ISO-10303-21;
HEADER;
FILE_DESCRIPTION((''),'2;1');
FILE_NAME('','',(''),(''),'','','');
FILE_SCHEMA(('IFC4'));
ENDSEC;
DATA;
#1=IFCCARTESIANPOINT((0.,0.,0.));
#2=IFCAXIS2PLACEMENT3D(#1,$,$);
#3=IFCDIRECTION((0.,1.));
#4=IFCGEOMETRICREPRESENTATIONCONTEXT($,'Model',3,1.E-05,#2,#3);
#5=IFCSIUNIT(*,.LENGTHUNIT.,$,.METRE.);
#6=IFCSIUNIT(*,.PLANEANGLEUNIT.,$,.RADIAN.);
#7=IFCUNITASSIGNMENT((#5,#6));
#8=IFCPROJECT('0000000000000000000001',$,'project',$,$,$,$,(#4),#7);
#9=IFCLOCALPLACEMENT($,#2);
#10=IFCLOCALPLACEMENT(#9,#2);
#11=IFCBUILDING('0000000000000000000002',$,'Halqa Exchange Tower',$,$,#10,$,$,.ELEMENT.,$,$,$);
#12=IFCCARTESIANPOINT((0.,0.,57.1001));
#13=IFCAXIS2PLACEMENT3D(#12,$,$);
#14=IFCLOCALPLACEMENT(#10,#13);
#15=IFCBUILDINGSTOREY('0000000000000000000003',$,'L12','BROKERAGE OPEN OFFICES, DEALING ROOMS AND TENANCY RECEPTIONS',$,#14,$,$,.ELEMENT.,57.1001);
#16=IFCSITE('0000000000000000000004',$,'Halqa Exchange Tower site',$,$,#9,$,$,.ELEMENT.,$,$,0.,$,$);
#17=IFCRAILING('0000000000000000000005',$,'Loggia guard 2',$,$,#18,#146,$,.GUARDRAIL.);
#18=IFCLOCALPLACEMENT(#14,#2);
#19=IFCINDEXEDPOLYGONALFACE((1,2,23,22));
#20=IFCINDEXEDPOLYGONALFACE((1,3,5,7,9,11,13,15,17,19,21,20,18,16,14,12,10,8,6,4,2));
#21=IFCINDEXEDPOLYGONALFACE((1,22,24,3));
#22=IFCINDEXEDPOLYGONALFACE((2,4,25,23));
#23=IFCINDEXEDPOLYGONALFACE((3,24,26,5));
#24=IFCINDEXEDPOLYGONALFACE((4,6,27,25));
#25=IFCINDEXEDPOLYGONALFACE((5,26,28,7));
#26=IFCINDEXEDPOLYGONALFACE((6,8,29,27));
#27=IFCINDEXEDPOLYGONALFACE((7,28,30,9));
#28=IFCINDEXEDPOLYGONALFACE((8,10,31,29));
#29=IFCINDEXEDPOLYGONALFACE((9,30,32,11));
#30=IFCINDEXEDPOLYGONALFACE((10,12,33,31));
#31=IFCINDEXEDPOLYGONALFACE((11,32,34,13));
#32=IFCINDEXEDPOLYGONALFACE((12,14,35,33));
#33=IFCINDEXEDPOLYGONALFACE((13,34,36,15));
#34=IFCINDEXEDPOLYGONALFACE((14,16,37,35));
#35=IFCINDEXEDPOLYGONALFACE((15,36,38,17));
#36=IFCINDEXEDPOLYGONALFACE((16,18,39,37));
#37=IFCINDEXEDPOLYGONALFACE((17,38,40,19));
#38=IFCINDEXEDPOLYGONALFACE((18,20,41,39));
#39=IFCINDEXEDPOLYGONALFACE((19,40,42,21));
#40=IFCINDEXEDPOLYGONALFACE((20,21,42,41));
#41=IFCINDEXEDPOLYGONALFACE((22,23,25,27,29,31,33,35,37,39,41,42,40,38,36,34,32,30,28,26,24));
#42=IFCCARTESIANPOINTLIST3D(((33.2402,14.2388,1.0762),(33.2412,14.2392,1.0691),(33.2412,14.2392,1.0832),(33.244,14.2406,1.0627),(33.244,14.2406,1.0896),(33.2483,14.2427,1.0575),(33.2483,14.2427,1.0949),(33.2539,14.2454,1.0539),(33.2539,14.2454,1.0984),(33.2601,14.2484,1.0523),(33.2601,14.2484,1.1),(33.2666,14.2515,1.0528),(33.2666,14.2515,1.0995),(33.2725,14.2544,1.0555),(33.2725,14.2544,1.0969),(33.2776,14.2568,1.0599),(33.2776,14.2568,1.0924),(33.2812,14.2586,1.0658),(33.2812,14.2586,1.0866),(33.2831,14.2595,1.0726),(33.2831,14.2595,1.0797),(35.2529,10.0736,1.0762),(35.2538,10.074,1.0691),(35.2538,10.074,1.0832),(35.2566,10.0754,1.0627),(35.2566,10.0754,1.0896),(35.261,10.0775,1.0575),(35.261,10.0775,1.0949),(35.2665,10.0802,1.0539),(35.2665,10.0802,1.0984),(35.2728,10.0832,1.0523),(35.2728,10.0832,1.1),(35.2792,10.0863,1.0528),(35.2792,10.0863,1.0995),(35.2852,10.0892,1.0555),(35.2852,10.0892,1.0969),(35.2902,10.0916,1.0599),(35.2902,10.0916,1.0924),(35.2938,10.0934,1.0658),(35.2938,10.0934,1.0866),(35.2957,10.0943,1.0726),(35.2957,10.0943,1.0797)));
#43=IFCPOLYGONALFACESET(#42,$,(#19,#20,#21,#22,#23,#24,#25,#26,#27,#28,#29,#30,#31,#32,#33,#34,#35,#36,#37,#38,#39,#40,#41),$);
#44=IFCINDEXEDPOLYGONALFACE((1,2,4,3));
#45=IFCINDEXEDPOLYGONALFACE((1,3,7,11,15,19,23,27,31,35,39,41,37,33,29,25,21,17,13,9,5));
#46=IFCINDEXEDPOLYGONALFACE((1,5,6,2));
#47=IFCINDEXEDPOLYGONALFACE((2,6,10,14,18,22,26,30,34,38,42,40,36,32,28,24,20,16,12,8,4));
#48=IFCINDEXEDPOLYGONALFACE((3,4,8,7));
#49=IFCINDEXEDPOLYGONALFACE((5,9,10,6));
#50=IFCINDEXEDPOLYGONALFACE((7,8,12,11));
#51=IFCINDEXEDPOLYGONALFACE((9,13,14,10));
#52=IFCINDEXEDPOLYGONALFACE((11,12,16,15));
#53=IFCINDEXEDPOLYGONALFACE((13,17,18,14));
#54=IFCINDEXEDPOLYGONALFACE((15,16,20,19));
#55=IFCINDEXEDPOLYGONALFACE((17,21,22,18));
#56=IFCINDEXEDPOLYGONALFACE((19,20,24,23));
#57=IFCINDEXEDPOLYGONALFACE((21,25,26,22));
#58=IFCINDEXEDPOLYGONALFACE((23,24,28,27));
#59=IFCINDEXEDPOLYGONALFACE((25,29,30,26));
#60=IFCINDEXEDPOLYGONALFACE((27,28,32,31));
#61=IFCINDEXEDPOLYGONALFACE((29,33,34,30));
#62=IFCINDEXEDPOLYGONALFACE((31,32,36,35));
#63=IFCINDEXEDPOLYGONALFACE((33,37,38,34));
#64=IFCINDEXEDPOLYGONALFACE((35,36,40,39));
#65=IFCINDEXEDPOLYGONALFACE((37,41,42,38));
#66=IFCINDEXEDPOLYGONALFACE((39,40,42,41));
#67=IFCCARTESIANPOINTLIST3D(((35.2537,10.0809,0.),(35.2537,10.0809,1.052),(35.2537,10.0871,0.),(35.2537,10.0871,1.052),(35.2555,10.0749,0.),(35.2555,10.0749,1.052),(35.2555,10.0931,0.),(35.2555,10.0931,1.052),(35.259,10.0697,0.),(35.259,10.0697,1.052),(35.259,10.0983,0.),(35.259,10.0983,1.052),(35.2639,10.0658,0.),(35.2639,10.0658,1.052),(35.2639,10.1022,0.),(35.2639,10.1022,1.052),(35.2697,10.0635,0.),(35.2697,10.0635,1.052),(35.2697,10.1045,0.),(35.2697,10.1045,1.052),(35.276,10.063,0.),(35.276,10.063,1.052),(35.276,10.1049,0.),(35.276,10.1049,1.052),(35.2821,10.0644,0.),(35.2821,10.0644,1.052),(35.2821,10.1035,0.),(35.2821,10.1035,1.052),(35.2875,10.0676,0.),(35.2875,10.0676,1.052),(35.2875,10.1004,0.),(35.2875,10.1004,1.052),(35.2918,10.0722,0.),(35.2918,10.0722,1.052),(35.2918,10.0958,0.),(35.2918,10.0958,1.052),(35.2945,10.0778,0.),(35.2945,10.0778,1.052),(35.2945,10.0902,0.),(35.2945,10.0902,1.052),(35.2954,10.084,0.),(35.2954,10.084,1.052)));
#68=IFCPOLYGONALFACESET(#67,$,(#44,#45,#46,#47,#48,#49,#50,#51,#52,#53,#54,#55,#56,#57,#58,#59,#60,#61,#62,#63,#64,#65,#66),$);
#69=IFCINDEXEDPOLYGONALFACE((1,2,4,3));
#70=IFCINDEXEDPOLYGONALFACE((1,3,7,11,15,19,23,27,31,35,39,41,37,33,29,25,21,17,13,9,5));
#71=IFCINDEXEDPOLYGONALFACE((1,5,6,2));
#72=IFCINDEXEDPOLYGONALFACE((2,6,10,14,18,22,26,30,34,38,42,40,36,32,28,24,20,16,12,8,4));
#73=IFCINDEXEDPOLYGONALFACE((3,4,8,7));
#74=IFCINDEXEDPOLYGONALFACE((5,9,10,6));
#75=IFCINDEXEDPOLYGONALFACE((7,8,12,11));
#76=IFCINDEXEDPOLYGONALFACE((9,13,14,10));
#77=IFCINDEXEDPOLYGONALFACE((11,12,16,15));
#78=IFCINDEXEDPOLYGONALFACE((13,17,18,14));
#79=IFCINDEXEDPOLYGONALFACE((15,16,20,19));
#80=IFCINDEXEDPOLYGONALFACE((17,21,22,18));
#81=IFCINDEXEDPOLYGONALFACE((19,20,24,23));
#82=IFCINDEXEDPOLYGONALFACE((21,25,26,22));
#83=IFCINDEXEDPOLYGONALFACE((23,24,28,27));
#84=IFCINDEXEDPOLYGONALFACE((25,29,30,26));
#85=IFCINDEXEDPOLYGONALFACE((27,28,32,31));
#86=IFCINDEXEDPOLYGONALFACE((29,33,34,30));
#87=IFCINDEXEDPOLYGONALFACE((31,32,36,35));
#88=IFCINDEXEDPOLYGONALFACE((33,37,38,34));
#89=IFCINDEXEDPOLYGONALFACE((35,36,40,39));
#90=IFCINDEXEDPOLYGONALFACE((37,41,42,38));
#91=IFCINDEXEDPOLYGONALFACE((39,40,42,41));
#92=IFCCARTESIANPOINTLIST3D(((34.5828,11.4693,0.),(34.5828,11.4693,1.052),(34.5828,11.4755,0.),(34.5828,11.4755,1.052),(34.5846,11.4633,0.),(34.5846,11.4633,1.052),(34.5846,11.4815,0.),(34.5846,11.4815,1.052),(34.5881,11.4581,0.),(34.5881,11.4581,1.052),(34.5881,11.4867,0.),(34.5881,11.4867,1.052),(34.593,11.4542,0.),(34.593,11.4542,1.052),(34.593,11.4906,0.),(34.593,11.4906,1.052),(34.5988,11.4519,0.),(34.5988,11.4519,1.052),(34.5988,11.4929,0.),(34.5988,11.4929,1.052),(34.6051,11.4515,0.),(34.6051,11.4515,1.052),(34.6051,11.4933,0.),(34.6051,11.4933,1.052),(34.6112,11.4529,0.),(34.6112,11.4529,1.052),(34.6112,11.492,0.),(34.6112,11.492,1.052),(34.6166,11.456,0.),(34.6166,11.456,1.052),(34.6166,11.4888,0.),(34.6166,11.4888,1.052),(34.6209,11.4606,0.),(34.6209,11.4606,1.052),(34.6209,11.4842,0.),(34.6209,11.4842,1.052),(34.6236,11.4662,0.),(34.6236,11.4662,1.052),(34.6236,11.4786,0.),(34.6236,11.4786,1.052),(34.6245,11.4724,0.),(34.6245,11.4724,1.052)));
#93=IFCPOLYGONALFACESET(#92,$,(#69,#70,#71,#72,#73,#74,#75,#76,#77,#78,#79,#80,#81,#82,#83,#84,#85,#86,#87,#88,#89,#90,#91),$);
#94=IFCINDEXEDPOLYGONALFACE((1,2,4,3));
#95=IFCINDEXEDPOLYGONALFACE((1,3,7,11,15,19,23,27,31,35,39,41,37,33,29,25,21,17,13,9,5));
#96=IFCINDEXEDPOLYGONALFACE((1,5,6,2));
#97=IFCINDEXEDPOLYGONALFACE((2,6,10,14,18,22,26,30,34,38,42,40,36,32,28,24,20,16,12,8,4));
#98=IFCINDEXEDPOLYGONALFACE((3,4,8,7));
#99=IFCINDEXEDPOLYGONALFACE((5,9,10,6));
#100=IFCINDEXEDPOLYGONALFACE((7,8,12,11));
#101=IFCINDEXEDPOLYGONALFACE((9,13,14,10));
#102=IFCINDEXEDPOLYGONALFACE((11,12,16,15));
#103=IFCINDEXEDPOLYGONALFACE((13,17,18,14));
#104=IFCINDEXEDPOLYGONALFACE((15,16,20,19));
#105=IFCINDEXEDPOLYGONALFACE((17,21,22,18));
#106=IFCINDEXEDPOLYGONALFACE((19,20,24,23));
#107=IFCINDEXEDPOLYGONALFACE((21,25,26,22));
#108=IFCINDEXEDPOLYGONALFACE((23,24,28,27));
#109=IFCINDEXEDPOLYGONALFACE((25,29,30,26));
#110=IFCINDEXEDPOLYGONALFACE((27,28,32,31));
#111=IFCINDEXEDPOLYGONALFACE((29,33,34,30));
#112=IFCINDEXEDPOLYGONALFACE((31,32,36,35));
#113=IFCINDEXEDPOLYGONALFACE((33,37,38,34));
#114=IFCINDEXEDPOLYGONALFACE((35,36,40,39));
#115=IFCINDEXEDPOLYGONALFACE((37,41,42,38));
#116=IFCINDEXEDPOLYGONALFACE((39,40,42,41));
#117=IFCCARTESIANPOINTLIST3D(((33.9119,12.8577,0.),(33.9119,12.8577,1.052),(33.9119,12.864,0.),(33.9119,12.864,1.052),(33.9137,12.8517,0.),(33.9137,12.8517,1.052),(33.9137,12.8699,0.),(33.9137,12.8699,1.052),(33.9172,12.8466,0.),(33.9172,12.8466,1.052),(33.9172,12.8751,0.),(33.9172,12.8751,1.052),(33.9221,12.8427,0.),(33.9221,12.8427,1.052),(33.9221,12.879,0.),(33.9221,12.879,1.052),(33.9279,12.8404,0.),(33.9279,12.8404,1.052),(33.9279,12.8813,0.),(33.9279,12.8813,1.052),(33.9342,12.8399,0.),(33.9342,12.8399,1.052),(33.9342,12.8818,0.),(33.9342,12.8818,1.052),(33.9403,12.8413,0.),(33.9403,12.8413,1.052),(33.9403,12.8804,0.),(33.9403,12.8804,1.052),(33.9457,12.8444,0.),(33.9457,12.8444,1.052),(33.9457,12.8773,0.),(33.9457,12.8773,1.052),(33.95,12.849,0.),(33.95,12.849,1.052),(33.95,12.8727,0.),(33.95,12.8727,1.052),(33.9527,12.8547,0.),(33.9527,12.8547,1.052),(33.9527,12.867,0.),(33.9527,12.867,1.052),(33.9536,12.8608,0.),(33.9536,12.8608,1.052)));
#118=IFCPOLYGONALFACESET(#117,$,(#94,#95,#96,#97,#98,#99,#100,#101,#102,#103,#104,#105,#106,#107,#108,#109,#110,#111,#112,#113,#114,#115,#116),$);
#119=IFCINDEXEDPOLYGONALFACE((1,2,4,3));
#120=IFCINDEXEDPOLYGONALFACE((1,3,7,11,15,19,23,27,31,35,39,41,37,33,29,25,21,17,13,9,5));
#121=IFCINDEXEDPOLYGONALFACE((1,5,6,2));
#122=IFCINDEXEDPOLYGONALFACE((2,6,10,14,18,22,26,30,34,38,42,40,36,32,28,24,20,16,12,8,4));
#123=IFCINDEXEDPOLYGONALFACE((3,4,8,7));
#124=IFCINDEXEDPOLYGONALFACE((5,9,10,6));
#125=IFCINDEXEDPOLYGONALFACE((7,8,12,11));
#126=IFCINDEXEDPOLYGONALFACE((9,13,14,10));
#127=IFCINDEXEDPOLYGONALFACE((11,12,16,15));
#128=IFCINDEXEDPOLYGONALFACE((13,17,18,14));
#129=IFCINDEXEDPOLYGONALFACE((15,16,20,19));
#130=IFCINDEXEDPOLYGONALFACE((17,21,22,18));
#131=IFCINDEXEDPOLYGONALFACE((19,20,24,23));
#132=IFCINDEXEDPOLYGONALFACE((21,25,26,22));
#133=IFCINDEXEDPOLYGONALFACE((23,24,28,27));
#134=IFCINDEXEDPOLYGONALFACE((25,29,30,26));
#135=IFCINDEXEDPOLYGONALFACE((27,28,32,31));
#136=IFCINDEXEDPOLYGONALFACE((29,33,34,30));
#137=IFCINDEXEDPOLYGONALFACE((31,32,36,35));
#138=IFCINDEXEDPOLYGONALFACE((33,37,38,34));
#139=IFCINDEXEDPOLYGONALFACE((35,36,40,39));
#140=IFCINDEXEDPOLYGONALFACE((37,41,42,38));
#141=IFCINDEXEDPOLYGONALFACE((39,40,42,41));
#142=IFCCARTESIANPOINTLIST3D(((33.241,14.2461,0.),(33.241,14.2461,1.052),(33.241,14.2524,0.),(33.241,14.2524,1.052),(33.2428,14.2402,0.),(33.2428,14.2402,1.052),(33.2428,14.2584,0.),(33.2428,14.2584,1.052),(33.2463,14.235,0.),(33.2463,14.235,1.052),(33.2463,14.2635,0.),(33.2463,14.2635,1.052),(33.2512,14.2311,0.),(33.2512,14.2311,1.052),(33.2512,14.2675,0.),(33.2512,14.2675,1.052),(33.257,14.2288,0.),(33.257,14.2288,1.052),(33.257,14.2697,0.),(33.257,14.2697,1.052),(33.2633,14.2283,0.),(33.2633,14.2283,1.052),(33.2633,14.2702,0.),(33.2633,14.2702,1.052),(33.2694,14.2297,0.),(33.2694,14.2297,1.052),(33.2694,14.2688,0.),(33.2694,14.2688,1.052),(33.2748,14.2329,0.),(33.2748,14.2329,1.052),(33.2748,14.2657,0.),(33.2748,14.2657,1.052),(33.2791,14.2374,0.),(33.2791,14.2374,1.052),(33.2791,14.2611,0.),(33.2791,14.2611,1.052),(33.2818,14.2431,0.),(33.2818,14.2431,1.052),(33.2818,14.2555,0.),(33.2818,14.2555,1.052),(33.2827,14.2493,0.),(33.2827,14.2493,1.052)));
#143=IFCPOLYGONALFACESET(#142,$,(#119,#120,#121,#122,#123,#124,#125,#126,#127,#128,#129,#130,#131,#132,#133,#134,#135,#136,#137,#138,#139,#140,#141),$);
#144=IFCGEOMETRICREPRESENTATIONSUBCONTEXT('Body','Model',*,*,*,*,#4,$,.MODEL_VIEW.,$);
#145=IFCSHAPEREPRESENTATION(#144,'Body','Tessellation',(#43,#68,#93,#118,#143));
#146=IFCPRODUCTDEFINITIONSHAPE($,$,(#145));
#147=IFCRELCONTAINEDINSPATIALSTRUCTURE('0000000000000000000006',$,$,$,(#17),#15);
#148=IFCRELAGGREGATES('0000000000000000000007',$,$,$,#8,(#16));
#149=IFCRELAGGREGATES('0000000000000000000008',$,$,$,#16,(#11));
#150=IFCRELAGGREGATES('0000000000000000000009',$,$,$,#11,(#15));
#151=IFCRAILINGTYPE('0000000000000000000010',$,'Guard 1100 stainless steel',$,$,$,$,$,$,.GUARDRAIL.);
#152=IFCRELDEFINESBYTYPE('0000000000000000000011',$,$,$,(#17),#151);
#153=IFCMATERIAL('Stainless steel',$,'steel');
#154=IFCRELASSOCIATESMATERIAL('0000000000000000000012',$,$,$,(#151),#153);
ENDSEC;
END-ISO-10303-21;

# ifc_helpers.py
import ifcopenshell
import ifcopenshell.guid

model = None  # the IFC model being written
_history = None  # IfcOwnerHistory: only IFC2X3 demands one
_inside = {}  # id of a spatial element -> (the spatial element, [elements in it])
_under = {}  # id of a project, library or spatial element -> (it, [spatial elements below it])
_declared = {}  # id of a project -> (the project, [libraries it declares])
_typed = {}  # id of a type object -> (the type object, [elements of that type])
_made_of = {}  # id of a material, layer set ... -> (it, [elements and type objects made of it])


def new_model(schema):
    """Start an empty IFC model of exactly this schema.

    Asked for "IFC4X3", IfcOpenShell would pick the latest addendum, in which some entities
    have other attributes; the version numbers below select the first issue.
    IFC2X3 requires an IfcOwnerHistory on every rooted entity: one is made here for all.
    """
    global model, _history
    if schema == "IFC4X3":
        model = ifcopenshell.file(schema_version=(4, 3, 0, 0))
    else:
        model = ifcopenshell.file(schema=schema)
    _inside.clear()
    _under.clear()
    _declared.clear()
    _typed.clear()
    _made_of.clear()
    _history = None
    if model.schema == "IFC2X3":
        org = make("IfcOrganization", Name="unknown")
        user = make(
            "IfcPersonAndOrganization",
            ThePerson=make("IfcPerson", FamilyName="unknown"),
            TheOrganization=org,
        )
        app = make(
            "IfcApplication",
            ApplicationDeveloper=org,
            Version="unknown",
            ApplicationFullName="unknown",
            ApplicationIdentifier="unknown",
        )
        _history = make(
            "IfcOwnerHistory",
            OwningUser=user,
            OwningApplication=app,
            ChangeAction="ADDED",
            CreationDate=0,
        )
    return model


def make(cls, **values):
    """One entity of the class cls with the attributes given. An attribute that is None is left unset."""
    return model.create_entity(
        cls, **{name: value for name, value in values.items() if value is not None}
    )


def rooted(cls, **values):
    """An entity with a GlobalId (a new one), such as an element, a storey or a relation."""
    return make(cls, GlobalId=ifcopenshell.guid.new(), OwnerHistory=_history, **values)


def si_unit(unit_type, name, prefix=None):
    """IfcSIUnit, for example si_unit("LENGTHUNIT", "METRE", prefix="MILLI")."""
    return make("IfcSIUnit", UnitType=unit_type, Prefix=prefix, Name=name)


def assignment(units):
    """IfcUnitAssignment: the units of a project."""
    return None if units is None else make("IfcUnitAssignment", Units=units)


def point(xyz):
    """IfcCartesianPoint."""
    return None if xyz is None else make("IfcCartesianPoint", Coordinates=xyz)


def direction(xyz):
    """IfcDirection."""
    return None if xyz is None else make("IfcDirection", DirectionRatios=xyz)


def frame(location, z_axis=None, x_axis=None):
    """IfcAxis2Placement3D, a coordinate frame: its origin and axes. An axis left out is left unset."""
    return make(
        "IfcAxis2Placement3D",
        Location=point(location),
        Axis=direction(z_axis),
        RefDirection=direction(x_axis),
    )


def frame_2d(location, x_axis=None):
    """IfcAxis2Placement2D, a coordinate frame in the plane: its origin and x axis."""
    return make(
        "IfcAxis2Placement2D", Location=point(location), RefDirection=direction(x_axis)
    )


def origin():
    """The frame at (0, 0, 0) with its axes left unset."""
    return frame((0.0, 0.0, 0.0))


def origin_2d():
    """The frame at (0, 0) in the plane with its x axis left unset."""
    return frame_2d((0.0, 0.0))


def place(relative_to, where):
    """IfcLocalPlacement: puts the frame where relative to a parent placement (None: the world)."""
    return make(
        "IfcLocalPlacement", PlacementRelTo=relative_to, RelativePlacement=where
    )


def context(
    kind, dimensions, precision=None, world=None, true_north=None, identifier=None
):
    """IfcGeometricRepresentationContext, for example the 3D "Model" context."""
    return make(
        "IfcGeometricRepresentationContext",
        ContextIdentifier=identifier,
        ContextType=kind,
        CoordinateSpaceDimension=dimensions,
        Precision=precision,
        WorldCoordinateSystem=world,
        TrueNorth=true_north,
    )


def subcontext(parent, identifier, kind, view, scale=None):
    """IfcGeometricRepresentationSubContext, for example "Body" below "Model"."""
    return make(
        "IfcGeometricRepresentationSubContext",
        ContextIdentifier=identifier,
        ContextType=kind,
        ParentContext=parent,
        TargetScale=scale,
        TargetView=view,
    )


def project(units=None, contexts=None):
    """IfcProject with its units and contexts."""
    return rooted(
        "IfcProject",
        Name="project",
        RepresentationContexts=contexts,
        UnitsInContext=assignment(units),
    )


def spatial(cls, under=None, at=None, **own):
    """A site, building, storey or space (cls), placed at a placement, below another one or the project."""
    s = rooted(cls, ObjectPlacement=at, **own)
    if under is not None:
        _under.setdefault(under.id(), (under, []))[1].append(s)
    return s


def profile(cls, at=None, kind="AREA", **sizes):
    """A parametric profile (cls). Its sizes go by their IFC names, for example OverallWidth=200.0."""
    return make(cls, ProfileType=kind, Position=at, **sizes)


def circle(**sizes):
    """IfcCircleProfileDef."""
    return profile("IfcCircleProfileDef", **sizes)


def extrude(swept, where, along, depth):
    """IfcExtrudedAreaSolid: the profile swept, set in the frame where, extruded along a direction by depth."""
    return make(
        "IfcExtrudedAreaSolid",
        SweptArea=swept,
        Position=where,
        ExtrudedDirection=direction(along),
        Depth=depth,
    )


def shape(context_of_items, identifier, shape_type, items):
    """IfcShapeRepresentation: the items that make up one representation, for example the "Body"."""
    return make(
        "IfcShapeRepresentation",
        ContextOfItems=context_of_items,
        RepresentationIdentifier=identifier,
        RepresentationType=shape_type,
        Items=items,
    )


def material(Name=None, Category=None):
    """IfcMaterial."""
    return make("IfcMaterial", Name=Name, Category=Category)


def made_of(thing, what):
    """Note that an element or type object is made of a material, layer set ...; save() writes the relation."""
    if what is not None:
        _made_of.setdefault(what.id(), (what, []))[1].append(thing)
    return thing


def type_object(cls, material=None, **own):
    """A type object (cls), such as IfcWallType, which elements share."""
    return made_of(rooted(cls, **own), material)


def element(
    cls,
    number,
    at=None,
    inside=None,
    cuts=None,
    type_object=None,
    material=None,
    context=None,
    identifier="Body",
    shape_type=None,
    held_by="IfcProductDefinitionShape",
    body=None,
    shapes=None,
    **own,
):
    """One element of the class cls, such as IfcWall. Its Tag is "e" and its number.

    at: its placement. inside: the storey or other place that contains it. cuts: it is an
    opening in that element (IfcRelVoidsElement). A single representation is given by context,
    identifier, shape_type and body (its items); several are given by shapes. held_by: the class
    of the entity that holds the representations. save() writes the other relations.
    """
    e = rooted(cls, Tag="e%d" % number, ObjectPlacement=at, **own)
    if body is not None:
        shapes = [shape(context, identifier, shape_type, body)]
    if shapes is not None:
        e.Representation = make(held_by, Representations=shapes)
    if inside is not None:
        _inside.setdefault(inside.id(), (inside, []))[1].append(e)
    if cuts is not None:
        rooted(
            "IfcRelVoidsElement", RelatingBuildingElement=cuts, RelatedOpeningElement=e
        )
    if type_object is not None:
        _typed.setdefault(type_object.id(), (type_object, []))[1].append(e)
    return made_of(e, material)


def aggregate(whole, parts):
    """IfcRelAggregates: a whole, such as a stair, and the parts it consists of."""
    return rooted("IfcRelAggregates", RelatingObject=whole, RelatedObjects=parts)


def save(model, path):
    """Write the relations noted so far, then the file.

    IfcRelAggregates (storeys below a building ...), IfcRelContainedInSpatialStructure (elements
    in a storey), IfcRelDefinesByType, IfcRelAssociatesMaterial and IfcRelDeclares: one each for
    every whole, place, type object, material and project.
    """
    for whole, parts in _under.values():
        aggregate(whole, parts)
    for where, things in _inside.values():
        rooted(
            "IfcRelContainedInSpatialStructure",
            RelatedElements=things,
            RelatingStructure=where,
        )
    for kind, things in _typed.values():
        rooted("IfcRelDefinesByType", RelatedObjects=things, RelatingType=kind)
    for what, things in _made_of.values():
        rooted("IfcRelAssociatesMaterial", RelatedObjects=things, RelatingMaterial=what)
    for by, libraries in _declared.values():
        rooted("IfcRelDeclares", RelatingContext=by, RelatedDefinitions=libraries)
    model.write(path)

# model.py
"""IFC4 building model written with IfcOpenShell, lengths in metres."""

from ifc_helpers import new_model, si_unit, direction, frame, origin, origin_2d, place, context, subcontext, project, spatial, circle, extrude, material, type_object, element, save


model = new_model("IFC4")

# Units and contexts
model_context = context("Model", 3, precision=1e-05, world=origin(), true_north=direction((0.0, 1.0)))
body_context = subcontext(model_context, "Body", "Model", "MODEL_VIEW")
ifc_project = project(units=[si_unit("LENGTHUNIT", "METRE"), si_unit("PLANEANGLEUNIT", "RADIAN")], contexts=[model_context])

# Site, building, storey
site_placement = place(None, origin())
site = spatial("IfcSite", under=ifc_project, at=site_placement, Name="Halqa Exchange Tower site", CompositionType="ELEMENT", RefElevation=0.0)
building_placement = place(site_placement, origin())
building = spatial("IfcBuilding", under=site, at=building_placement, Name="Halqa Exchange Tower", CompositionType="ELEMENT")
storey_placement = place(building_placement, frame((0.0, 0.0, 57.1001)))
storey = spatial("IfcBuildingStorey", under=building, at=storey_placement, Name="L12", Description="BROKERAGE OPEN OFFICES, DEALING ROOMS AND TENANCY RECEPTIONS", CompositionType="ELEMENT", Elevation=57.1001)

# Railing
ifc_material_1 = material(Name="Stainless steel", Category="steel")
railing_type = type_object("IfcRailingType", Name="Guard 1100 stainless steel", PredefinedType="GUARDRAIL", material=ifc_material_1)
railing_1_placement = place(storey_placement, frame((35.2744, 10.084, 0.0)))
element("IfcRailing", 1, at=railing_1_placement, inside=storey, type_object=railing_type, Name="Loggia guard 2", PredefinedType="GUARDRAIL", context=body_context, shape_type="SweptSolid", body=[
    extrude(circle(Radius=0.0239, at=origin_2d()), frame((0.0, 0.0, 1.0762), z_axis=(-0.435077, 0.900393, 0.0), x_axis=(-0.900393, -0.435077, 0.0)), (0.0, 0.0, 1.0), 4.626),
    extrude(circle(Radius=0.021, at=origin_2d()), origin(), (0.0, 0.0, 1.0), 1.052),
    extrude(circle(Radius=0.021, at=origin_2d()), frame((-0.6709, 1.3884, 0.0)), (0.0, 0.0, 1.0), 1.052),
    extrude(circle(Radius=0.021, at=origin_2d()), frame((-1.3418, 2.7769, 0.0)), (0.0, 0.0, 1.0), 1.052),
    extrude(circle(Radius=0.021, at=origin_2d()), frame((-2.0127, 4.1653, 0.0)), (0.0, 0.0, 1.0), 1.052),
])

save(model, "model.ifc")
